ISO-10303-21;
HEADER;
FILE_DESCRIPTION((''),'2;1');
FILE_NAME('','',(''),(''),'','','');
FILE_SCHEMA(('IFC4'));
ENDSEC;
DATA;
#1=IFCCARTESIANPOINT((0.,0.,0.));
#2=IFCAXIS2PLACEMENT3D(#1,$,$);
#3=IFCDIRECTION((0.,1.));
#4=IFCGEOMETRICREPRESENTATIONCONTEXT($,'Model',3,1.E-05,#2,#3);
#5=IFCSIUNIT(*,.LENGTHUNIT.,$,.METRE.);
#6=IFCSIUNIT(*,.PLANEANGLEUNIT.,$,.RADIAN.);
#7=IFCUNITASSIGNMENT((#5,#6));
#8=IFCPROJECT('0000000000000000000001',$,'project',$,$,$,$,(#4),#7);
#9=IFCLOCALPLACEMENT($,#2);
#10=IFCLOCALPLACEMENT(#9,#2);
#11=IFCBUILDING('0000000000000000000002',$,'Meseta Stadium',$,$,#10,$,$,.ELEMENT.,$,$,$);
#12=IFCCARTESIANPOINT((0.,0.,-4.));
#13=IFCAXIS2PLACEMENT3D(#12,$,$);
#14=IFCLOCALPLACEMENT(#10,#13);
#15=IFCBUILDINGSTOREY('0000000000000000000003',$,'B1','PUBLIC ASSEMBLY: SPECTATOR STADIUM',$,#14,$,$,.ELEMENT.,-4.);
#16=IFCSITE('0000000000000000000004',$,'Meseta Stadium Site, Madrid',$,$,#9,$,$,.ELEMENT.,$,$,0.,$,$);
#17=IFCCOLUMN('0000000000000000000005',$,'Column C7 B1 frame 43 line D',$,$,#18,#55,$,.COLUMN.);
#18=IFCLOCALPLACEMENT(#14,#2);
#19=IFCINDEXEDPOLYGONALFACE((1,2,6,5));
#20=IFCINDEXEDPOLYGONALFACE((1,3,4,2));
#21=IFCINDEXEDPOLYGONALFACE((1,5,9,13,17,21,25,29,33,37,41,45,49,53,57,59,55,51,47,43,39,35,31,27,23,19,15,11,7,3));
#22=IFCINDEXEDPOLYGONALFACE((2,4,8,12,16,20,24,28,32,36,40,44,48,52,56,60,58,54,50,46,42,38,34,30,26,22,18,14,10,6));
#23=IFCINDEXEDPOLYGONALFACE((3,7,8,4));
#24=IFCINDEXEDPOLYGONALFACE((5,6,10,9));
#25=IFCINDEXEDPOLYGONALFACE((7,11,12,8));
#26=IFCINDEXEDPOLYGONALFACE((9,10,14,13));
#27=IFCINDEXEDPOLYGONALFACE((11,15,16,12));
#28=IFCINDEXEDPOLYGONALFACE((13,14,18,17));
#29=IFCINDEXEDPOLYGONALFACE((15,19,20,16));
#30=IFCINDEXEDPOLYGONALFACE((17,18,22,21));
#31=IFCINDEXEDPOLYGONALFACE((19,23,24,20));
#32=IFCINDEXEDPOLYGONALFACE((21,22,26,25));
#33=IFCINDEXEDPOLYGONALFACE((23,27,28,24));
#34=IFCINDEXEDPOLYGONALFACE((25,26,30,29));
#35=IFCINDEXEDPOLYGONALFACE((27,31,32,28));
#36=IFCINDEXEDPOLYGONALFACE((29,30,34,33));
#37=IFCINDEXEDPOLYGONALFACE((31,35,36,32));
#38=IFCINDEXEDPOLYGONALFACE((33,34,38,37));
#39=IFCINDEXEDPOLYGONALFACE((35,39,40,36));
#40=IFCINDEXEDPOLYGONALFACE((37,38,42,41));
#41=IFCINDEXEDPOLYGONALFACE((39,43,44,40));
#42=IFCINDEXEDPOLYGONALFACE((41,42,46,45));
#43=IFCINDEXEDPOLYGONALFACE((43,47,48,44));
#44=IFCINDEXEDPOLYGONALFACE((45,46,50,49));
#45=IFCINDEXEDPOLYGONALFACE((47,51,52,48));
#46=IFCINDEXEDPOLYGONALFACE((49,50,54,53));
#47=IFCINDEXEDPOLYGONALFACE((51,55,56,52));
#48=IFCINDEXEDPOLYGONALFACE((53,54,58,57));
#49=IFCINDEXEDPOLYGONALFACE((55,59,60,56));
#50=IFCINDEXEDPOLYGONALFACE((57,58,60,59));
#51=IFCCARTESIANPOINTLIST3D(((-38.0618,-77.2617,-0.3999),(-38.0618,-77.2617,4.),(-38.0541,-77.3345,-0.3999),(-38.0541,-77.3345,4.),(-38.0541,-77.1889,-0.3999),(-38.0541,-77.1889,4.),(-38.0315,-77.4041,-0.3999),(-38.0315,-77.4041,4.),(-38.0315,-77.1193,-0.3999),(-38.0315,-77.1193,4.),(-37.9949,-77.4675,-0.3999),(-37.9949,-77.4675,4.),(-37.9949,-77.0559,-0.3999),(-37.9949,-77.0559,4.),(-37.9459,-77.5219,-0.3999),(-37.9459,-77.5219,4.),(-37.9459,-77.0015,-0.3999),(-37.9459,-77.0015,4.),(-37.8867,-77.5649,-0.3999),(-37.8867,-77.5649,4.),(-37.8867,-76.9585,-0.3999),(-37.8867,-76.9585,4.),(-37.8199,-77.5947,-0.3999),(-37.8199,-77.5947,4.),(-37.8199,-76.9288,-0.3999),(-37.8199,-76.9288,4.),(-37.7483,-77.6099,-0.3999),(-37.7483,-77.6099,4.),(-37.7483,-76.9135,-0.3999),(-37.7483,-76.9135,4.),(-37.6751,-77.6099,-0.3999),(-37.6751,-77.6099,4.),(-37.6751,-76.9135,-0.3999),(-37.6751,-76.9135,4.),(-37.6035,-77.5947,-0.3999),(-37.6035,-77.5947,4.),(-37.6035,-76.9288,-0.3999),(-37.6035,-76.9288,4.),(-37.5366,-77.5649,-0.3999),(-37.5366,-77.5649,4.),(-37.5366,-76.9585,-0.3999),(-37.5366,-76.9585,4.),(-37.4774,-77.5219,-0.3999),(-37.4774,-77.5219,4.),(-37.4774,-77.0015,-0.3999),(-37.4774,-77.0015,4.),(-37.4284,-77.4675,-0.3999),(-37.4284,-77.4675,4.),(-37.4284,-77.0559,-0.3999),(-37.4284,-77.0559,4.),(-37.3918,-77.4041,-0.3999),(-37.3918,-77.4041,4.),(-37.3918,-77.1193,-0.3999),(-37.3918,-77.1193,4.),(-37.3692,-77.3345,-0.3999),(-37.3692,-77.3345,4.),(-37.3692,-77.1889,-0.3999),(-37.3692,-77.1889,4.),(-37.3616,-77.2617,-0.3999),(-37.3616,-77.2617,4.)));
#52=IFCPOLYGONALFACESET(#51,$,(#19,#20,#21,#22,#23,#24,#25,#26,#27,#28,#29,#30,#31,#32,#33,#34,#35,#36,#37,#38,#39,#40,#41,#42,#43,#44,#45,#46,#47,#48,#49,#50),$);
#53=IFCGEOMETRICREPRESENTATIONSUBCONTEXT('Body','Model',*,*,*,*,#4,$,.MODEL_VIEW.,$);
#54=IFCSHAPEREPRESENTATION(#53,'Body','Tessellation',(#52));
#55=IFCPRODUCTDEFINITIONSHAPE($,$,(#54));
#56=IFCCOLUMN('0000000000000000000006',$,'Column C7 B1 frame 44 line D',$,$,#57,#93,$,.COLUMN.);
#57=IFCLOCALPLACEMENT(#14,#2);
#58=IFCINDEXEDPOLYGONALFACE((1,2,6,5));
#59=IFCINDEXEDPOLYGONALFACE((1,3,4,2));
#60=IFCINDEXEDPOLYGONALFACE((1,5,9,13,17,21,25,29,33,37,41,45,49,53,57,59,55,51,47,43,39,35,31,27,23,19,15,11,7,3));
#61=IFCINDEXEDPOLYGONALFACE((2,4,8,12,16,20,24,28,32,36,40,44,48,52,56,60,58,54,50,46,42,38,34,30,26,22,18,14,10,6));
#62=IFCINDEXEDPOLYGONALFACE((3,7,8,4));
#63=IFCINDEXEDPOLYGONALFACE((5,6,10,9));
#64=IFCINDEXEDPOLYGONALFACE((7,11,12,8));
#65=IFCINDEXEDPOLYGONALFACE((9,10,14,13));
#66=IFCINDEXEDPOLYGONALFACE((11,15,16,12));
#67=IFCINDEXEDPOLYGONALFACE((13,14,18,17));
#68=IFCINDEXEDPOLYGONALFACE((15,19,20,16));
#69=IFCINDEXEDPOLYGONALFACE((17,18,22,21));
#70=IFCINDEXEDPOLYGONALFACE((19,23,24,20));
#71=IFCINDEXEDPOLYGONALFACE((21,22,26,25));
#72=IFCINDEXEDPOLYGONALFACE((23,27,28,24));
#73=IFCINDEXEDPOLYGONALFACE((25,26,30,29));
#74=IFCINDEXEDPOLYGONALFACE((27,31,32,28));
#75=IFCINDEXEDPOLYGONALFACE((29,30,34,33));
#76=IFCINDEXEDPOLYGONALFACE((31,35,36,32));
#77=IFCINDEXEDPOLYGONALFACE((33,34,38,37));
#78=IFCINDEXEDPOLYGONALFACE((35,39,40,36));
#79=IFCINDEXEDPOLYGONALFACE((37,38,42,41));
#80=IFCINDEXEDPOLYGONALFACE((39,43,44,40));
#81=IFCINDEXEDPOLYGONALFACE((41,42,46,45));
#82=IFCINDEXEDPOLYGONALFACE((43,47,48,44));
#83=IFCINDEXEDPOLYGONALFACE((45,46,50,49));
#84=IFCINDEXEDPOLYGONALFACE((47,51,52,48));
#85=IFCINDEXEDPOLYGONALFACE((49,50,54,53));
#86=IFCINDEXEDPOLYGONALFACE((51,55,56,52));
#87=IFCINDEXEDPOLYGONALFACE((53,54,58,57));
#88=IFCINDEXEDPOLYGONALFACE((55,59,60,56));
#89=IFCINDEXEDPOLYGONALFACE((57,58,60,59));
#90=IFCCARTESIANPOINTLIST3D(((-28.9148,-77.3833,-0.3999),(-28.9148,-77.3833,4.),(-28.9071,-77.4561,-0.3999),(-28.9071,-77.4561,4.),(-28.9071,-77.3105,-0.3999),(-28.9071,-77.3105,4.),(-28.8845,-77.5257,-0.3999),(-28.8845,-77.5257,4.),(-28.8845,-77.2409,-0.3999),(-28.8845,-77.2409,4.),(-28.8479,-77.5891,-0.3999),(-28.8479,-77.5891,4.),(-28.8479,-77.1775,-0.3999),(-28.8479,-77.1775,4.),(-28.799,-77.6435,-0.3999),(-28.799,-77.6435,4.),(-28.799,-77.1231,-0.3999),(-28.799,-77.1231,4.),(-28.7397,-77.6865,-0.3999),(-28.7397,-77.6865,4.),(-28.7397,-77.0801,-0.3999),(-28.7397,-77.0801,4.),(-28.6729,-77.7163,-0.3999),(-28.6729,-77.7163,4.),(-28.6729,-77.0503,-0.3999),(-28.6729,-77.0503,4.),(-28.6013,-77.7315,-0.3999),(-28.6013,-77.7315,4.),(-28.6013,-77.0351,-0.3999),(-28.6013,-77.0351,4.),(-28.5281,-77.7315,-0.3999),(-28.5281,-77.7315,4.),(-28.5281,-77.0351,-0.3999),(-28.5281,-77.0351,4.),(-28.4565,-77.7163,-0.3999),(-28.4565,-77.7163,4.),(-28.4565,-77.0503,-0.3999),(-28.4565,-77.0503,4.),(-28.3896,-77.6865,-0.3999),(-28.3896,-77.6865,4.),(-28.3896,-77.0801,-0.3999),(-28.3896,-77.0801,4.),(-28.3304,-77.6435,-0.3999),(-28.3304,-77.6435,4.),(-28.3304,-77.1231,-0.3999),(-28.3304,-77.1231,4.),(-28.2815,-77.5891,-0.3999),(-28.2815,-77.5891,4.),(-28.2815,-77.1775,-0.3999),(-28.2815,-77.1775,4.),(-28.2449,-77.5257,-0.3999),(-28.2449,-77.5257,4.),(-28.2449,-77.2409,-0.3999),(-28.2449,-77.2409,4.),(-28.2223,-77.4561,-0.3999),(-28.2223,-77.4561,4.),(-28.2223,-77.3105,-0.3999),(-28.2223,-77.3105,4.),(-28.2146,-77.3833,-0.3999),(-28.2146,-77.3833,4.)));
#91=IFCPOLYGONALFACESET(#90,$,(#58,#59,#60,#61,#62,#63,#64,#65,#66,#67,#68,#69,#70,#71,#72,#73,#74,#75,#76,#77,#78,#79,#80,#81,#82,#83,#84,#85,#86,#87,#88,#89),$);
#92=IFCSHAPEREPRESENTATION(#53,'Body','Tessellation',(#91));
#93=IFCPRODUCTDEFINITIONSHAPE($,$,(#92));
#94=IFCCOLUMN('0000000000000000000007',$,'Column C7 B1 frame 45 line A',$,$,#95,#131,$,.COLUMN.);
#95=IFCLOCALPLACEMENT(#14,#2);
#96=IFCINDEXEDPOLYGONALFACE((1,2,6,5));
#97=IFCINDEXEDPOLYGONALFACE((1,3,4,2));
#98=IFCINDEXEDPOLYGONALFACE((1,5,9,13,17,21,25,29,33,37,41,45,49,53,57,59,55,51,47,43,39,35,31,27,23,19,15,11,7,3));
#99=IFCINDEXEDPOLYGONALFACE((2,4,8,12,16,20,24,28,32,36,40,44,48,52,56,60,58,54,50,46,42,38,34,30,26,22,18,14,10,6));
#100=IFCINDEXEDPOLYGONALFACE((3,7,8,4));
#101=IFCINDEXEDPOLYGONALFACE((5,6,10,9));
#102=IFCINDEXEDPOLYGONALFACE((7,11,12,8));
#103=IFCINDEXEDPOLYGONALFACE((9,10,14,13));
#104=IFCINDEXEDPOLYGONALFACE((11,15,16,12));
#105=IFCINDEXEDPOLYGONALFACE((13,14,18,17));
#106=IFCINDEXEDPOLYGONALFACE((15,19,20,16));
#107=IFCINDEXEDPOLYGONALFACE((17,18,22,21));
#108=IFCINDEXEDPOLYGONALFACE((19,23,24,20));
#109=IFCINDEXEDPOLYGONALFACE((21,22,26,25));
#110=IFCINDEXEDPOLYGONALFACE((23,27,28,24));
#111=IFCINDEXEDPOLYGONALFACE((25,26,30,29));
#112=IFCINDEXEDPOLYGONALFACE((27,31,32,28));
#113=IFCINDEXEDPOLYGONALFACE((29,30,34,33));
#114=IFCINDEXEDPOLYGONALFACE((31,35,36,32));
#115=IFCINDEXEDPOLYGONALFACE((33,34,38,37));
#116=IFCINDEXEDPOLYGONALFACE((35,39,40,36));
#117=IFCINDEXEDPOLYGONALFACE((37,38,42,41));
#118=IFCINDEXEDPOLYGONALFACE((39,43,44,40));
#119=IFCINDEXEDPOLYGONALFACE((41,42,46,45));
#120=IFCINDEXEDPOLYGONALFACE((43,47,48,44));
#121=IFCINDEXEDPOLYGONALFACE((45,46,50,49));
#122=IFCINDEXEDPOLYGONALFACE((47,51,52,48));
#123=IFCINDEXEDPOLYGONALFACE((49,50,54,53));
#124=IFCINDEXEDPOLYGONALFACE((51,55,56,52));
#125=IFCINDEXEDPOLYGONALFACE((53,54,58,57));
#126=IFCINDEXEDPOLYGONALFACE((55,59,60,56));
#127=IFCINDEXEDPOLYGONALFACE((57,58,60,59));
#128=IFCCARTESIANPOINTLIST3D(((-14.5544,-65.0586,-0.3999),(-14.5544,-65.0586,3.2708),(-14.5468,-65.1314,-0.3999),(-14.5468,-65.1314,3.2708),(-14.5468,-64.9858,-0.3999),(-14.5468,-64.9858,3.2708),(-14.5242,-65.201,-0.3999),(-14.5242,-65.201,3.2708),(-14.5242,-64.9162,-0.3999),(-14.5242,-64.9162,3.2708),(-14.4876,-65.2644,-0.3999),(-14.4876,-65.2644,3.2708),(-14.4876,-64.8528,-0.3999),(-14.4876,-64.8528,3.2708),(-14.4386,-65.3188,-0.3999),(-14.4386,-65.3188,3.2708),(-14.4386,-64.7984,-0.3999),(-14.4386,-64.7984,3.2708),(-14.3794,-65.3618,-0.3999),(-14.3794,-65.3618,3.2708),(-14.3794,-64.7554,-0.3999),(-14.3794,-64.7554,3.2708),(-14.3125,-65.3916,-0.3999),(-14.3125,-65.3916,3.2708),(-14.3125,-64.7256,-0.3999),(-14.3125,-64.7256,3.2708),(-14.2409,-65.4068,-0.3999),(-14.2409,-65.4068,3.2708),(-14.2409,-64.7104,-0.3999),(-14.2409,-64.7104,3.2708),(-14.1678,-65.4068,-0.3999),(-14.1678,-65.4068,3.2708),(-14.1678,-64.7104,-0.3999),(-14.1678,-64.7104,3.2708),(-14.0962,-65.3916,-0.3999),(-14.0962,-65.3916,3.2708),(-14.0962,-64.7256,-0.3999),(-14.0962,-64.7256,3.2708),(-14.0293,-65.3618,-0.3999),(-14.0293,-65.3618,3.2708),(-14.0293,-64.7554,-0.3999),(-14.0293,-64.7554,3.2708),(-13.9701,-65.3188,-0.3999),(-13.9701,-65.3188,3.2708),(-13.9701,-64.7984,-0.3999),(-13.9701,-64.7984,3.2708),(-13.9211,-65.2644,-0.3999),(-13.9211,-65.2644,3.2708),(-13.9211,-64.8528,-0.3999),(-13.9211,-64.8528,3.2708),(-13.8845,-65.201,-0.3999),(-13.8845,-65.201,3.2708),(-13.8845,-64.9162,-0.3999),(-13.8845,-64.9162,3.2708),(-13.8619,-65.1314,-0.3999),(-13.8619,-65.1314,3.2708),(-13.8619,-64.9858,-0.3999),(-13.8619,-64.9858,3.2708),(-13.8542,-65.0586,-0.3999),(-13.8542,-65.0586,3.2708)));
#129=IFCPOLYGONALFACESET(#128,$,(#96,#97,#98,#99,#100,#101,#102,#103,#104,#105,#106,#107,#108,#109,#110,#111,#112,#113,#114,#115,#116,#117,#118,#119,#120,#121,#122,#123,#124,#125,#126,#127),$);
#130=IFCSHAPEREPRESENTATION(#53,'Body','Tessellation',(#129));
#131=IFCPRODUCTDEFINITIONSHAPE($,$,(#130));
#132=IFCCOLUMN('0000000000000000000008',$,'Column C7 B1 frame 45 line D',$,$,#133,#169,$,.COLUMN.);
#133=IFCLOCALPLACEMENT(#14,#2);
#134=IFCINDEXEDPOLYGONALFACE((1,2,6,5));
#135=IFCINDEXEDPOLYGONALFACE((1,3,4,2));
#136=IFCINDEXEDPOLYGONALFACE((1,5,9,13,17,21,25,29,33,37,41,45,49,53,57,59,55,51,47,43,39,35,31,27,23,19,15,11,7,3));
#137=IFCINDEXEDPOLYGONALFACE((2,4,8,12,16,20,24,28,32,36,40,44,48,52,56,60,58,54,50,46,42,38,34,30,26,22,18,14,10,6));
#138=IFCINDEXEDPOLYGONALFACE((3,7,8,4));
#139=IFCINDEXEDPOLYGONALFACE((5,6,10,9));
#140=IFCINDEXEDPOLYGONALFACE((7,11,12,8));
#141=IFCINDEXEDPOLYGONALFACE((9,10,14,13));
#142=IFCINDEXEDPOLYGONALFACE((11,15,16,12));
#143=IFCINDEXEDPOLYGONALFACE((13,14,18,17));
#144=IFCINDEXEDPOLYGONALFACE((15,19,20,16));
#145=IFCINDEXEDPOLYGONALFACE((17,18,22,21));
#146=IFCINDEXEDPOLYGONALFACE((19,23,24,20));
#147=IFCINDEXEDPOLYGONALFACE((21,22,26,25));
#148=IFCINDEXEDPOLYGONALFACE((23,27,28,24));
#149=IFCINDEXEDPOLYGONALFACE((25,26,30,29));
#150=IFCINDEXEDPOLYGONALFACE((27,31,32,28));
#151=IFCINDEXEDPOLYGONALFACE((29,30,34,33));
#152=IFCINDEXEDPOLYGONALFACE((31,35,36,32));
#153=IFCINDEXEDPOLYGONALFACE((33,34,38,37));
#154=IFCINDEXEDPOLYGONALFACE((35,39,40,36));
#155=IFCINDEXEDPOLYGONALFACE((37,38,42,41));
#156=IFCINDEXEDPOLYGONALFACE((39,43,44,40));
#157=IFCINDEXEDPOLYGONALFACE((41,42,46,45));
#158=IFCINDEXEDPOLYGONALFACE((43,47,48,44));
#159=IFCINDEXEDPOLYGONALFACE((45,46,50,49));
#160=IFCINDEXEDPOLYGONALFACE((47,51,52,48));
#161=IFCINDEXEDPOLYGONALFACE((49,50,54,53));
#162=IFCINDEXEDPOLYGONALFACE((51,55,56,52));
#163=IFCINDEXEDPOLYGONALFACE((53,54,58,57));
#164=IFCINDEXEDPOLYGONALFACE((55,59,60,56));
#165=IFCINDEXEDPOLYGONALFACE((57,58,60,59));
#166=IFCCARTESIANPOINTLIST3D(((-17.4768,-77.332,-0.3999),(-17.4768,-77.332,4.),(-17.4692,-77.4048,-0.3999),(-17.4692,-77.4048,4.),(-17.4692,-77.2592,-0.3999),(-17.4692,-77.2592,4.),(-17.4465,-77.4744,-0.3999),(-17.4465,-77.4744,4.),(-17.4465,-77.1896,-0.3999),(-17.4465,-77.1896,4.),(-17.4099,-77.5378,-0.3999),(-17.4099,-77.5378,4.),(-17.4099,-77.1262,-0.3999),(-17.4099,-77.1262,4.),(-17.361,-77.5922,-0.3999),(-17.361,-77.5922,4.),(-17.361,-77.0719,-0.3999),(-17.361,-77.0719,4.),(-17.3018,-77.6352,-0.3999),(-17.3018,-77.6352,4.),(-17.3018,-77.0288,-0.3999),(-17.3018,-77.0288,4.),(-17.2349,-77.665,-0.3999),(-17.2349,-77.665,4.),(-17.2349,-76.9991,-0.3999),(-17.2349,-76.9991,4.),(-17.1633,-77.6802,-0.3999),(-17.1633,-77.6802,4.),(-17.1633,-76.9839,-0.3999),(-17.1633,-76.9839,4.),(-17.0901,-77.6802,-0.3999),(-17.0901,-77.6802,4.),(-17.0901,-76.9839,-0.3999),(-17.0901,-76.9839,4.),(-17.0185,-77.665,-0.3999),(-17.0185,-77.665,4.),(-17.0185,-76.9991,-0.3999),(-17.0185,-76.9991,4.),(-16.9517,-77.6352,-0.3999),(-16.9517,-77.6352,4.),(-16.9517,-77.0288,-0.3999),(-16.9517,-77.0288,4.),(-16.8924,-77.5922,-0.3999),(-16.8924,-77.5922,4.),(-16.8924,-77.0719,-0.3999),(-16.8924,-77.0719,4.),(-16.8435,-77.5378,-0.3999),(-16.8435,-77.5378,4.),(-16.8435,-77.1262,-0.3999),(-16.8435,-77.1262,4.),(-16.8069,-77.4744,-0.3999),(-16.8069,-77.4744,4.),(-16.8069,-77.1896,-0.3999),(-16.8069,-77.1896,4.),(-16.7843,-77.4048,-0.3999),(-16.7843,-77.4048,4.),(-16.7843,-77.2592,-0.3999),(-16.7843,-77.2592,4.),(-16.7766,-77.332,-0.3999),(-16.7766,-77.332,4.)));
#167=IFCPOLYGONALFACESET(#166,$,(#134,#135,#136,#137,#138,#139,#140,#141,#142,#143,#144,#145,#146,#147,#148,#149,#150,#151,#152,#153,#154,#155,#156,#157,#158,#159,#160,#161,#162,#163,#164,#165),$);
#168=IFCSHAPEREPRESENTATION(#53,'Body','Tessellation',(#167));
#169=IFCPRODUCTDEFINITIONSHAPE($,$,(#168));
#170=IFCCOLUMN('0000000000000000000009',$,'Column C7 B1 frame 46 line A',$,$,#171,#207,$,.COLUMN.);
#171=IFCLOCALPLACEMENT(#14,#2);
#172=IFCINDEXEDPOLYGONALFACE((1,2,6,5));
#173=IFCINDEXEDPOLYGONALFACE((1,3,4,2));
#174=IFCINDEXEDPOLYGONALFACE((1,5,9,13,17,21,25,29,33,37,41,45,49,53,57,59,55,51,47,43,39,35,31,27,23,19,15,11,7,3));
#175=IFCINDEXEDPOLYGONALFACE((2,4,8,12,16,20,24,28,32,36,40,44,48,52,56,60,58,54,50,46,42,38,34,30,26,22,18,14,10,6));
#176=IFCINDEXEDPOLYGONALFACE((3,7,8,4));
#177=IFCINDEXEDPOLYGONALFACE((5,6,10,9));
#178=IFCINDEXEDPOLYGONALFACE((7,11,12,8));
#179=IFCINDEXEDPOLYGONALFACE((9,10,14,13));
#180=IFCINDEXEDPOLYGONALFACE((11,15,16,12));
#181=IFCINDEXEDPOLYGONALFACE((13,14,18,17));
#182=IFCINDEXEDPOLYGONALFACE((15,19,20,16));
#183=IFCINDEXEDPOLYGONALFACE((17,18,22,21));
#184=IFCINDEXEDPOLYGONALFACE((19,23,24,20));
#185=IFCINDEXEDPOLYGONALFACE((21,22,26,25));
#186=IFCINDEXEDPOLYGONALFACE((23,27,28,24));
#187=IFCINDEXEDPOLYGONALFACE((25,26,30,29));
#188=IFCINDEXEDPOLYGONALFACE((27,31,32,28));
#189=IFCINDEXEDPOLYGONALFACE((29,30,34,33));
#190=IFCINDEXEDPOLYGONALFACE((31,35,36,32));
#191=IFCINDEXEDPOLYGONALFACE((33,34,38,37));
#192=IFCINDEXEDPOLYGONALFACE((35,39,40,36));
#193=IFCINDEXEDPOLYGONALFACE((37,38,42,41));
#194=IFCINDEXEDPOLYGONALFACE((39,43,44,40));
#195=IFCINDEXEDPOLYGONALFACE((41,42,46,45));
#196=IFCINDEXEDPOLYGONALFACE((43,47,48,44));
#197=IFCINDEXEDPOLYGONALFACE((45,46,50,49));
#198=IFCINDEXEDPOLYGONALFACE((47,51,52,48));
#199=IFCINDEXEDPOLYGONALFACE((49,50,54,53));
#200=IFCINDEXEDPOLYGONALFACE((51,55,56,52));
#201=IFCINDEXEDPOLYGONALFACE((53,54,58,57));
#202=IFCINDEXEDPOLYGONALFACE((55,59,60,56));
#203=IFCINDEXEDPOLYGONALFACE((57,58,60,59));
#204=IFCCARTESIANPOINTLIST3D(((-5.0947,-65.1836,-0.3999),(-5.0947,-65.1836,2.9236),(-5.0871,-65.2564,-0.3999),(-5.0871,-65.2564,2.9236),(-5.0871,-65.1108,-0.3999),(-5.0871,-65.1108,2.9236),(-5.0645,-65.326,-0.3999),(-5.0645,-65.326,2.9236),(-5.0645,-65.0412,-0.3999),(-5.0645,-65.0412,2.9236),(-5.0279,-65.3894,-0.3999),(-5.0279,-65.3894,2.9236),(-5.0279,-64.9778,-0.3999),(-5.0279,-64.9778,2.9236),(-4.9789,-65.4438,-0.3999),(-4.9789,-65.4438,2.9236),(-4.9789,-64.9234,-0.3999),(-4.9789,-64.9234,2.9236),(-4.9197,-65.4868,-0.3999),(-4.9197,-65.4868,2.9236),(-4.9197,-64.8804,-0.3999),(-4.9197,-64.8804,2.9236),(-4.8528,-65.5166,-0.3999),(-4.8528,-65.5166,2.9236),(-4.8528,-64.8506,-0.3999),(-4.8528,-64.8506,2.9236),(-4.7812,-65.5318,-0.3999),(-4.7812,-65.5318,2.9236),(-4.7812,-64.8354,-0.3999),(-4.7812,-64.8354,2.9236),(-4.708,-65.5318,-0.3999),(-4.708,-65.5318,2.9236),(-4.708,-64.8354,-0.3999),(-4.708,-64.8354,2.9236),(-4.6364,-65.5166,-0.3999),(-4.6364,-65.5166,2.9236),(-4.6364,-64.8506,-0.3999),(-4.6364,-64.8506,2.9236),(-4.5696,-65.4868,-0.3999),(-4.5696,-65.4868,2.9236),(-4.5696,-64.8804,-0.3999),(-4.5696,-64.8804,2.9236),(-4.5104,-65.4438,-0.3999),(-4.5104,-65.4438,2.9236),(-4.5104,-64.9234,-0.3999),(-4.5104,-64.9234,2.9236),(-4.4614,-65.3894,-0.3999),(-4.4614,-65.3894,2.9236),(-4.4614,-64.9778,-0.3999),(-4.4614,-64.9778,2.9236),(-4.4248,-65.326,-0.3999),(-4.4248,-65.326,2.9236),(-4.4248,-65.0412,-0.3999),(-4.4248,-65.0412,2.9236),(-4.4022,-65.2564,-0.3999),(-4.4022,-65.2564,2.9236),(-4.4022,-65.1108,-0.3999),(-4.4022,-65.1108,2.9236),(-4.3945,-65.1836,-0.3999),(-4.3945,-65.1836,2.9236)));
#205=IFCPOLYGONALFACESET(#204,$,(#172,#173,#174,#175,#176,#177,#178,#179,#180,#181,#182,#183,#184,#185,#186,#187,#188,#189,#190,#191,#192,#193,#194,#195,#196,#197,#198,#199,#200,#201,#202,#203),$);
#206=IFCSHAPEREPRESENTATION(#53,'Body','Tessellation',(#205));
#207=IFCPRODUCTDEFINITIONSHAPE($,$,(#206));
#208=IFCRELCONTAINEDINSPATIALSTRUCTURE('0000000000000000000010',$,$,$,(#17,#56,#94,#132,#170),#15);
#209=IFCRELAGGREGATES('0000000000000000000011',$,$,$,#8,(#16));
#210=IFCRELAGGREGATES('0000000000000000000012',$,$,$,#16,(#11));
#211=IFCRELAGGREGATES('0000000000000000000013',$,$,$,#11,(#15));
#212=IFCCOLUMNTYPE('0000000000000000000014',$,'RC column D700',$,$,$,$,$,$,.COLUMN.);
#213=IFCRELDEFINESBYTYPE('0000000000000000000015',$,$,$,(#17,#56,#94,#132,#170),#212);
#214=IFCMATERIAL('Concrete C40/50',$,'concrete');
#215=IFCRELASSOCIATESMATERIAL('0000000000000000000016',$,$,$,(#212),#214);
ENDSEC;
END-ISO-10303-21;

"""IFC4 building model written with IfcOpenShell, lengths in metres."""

from ifc_helpers import new_model, si_unit, direction, frame, origin, origin_2d, place, context, subcontext, project, spatial, circle, extrude, material, material_profile, profile_set, type_object, element, save


model = new_model("IFC4")

# Units and contexts
model_context = context("Model", 3, precision=1e-05, world=origin(), true_north=direction((0.0, 1.0)))
body_context = subcontext(model_context, "Body", "Model", "MODEL_VIEW")
ifc_project = project(units=[si_unit("LENGTHUNIT", "METRE"), si_unit("PLANEANGLEUNIT", "RADIAN")], contexts=[model_context])

# Site, building, storey
site_placement = place(None, origin())
site = spatial("IfcSite", under=ifc_project, at=site_placement, Name="Meseta Stadium Site, Madrid", CompositionType="ELEMENT", RefElevation=0.0)
building_placement = place(site_placement, origin())
building = spatial("IfcBuilding", under=site, at=building_placement, Name="Meseta Stadium", CompositionType="ELEMENT")
storey_placement = place(building_placement, frame((0.0, 0.0, -4.0)))
storey = spatial("IfcBuildingStorey", under=building, at=storey_placement, Name="B1", Description="PUBLIC ASSEMBLY: SPECTATOR STADIUM", CompositionType="ELEMENT", Elevation=-4.0)

# Columns
ifc_material_1 = material(Name="Concrete C40/50", Category="concrete")
ifc_material_profile_1 = material_profile(ifc_material_1, circle(Radius=0.3501, at=origin_2d()), Name="RC D700")
ifc_profile_set_1 = profile_set([ifc_material_profile_1], Name="Concrete C40/50")
column_type_1 = type_object("IfcColumnType", Name="RC column D700", PredefinedType="COLUMN", material=ifc_profile_set_1)
for number, where, z_axis, x_axis, name in (
    (1, (-37.7117, -77.2617, -0.3999), (0.0, 0.0, 1.0), (1.0, 0.0, 0.0), "Column C7 B1 frame 43 line D"),
    (2, (-28.5647, -77.3833, -0.3999), (0.0, 0.0, 1.0), (1.0, 0.0, 0.0), "Column C7 B1 frame 44 line D"),
):
    element("IfcColumn", number, at=place(storey_placement, frame(where, z_axis=z_axis, x_axis=x_axis)), inside=storey, type_object=column_type_1, Name=name, PredefinedType="COLUMN", context=body_context, shape_type="SweptSolid", body=[
        extrude(circle(Radius=0.3501, at=origin_2d()), origin(), (0.0, 0.0, 1.0), 4.3999),
    ])
column_1_placement = place(storey_placement, frame((-14.2043, -65.0586, -0.3999), z_axis=(0.0, 0.0, 1.0), x_axis=(1.0, 0.0, 0.0)))
element("IfcColumn", 3, at=column_1_placement, inside=storey, type_object=column_type_1, Name="Column C7 B1 frame 45 line A", PredefinedType="COLUMN", context=body_context, shape_type="SweptSolid", body=[
    extrude(circle(Radius=0.3501, at=origin_2d()), origin(), (0.0, 0.0, 1.0), 3.6707),
])
column_2_placement = place(storey_placement, frame((-17.1267, -77.332, -0.3999), z_axis=(0.0, 0.0, 1.0), x_axis=(1.0, 0.0, 0.0)))
element("IfcColumn", 4, at=column_2_placement, inside=storey, type_object=column_type_1, Name="Column C7 B1 frame 45 line D", PredefinedType="COLUMN", context=body_context, shape_type="SweptSolid", body=[
    extrude(circle(Radius=0.3501, at=origin_2d()), origin(), (0.0, 0.0, 1.0), 4.3999),
])
column_3_placement = place(storey_placement, frame((-4.7446, -65.1836, -0.3999), z_axis=(0.0, 0.0, 1.0), x_axis=(1.0, 0.0, 0.0)))
element("IfcColumn", 5, at=column_3_placement, inside=storey, type_object=column_type_1, Name="Column C7 B1 frame 46 line A", PredefinedType="COLUMN", context=body_context, shape_type="SweptSolid", body=[
    extrude(circle(Radius=0.3501, at=origin_2d()), origin(), (0.0, 0.0, 1.0), 3.3235),
])

save(model, "model.ifc")
